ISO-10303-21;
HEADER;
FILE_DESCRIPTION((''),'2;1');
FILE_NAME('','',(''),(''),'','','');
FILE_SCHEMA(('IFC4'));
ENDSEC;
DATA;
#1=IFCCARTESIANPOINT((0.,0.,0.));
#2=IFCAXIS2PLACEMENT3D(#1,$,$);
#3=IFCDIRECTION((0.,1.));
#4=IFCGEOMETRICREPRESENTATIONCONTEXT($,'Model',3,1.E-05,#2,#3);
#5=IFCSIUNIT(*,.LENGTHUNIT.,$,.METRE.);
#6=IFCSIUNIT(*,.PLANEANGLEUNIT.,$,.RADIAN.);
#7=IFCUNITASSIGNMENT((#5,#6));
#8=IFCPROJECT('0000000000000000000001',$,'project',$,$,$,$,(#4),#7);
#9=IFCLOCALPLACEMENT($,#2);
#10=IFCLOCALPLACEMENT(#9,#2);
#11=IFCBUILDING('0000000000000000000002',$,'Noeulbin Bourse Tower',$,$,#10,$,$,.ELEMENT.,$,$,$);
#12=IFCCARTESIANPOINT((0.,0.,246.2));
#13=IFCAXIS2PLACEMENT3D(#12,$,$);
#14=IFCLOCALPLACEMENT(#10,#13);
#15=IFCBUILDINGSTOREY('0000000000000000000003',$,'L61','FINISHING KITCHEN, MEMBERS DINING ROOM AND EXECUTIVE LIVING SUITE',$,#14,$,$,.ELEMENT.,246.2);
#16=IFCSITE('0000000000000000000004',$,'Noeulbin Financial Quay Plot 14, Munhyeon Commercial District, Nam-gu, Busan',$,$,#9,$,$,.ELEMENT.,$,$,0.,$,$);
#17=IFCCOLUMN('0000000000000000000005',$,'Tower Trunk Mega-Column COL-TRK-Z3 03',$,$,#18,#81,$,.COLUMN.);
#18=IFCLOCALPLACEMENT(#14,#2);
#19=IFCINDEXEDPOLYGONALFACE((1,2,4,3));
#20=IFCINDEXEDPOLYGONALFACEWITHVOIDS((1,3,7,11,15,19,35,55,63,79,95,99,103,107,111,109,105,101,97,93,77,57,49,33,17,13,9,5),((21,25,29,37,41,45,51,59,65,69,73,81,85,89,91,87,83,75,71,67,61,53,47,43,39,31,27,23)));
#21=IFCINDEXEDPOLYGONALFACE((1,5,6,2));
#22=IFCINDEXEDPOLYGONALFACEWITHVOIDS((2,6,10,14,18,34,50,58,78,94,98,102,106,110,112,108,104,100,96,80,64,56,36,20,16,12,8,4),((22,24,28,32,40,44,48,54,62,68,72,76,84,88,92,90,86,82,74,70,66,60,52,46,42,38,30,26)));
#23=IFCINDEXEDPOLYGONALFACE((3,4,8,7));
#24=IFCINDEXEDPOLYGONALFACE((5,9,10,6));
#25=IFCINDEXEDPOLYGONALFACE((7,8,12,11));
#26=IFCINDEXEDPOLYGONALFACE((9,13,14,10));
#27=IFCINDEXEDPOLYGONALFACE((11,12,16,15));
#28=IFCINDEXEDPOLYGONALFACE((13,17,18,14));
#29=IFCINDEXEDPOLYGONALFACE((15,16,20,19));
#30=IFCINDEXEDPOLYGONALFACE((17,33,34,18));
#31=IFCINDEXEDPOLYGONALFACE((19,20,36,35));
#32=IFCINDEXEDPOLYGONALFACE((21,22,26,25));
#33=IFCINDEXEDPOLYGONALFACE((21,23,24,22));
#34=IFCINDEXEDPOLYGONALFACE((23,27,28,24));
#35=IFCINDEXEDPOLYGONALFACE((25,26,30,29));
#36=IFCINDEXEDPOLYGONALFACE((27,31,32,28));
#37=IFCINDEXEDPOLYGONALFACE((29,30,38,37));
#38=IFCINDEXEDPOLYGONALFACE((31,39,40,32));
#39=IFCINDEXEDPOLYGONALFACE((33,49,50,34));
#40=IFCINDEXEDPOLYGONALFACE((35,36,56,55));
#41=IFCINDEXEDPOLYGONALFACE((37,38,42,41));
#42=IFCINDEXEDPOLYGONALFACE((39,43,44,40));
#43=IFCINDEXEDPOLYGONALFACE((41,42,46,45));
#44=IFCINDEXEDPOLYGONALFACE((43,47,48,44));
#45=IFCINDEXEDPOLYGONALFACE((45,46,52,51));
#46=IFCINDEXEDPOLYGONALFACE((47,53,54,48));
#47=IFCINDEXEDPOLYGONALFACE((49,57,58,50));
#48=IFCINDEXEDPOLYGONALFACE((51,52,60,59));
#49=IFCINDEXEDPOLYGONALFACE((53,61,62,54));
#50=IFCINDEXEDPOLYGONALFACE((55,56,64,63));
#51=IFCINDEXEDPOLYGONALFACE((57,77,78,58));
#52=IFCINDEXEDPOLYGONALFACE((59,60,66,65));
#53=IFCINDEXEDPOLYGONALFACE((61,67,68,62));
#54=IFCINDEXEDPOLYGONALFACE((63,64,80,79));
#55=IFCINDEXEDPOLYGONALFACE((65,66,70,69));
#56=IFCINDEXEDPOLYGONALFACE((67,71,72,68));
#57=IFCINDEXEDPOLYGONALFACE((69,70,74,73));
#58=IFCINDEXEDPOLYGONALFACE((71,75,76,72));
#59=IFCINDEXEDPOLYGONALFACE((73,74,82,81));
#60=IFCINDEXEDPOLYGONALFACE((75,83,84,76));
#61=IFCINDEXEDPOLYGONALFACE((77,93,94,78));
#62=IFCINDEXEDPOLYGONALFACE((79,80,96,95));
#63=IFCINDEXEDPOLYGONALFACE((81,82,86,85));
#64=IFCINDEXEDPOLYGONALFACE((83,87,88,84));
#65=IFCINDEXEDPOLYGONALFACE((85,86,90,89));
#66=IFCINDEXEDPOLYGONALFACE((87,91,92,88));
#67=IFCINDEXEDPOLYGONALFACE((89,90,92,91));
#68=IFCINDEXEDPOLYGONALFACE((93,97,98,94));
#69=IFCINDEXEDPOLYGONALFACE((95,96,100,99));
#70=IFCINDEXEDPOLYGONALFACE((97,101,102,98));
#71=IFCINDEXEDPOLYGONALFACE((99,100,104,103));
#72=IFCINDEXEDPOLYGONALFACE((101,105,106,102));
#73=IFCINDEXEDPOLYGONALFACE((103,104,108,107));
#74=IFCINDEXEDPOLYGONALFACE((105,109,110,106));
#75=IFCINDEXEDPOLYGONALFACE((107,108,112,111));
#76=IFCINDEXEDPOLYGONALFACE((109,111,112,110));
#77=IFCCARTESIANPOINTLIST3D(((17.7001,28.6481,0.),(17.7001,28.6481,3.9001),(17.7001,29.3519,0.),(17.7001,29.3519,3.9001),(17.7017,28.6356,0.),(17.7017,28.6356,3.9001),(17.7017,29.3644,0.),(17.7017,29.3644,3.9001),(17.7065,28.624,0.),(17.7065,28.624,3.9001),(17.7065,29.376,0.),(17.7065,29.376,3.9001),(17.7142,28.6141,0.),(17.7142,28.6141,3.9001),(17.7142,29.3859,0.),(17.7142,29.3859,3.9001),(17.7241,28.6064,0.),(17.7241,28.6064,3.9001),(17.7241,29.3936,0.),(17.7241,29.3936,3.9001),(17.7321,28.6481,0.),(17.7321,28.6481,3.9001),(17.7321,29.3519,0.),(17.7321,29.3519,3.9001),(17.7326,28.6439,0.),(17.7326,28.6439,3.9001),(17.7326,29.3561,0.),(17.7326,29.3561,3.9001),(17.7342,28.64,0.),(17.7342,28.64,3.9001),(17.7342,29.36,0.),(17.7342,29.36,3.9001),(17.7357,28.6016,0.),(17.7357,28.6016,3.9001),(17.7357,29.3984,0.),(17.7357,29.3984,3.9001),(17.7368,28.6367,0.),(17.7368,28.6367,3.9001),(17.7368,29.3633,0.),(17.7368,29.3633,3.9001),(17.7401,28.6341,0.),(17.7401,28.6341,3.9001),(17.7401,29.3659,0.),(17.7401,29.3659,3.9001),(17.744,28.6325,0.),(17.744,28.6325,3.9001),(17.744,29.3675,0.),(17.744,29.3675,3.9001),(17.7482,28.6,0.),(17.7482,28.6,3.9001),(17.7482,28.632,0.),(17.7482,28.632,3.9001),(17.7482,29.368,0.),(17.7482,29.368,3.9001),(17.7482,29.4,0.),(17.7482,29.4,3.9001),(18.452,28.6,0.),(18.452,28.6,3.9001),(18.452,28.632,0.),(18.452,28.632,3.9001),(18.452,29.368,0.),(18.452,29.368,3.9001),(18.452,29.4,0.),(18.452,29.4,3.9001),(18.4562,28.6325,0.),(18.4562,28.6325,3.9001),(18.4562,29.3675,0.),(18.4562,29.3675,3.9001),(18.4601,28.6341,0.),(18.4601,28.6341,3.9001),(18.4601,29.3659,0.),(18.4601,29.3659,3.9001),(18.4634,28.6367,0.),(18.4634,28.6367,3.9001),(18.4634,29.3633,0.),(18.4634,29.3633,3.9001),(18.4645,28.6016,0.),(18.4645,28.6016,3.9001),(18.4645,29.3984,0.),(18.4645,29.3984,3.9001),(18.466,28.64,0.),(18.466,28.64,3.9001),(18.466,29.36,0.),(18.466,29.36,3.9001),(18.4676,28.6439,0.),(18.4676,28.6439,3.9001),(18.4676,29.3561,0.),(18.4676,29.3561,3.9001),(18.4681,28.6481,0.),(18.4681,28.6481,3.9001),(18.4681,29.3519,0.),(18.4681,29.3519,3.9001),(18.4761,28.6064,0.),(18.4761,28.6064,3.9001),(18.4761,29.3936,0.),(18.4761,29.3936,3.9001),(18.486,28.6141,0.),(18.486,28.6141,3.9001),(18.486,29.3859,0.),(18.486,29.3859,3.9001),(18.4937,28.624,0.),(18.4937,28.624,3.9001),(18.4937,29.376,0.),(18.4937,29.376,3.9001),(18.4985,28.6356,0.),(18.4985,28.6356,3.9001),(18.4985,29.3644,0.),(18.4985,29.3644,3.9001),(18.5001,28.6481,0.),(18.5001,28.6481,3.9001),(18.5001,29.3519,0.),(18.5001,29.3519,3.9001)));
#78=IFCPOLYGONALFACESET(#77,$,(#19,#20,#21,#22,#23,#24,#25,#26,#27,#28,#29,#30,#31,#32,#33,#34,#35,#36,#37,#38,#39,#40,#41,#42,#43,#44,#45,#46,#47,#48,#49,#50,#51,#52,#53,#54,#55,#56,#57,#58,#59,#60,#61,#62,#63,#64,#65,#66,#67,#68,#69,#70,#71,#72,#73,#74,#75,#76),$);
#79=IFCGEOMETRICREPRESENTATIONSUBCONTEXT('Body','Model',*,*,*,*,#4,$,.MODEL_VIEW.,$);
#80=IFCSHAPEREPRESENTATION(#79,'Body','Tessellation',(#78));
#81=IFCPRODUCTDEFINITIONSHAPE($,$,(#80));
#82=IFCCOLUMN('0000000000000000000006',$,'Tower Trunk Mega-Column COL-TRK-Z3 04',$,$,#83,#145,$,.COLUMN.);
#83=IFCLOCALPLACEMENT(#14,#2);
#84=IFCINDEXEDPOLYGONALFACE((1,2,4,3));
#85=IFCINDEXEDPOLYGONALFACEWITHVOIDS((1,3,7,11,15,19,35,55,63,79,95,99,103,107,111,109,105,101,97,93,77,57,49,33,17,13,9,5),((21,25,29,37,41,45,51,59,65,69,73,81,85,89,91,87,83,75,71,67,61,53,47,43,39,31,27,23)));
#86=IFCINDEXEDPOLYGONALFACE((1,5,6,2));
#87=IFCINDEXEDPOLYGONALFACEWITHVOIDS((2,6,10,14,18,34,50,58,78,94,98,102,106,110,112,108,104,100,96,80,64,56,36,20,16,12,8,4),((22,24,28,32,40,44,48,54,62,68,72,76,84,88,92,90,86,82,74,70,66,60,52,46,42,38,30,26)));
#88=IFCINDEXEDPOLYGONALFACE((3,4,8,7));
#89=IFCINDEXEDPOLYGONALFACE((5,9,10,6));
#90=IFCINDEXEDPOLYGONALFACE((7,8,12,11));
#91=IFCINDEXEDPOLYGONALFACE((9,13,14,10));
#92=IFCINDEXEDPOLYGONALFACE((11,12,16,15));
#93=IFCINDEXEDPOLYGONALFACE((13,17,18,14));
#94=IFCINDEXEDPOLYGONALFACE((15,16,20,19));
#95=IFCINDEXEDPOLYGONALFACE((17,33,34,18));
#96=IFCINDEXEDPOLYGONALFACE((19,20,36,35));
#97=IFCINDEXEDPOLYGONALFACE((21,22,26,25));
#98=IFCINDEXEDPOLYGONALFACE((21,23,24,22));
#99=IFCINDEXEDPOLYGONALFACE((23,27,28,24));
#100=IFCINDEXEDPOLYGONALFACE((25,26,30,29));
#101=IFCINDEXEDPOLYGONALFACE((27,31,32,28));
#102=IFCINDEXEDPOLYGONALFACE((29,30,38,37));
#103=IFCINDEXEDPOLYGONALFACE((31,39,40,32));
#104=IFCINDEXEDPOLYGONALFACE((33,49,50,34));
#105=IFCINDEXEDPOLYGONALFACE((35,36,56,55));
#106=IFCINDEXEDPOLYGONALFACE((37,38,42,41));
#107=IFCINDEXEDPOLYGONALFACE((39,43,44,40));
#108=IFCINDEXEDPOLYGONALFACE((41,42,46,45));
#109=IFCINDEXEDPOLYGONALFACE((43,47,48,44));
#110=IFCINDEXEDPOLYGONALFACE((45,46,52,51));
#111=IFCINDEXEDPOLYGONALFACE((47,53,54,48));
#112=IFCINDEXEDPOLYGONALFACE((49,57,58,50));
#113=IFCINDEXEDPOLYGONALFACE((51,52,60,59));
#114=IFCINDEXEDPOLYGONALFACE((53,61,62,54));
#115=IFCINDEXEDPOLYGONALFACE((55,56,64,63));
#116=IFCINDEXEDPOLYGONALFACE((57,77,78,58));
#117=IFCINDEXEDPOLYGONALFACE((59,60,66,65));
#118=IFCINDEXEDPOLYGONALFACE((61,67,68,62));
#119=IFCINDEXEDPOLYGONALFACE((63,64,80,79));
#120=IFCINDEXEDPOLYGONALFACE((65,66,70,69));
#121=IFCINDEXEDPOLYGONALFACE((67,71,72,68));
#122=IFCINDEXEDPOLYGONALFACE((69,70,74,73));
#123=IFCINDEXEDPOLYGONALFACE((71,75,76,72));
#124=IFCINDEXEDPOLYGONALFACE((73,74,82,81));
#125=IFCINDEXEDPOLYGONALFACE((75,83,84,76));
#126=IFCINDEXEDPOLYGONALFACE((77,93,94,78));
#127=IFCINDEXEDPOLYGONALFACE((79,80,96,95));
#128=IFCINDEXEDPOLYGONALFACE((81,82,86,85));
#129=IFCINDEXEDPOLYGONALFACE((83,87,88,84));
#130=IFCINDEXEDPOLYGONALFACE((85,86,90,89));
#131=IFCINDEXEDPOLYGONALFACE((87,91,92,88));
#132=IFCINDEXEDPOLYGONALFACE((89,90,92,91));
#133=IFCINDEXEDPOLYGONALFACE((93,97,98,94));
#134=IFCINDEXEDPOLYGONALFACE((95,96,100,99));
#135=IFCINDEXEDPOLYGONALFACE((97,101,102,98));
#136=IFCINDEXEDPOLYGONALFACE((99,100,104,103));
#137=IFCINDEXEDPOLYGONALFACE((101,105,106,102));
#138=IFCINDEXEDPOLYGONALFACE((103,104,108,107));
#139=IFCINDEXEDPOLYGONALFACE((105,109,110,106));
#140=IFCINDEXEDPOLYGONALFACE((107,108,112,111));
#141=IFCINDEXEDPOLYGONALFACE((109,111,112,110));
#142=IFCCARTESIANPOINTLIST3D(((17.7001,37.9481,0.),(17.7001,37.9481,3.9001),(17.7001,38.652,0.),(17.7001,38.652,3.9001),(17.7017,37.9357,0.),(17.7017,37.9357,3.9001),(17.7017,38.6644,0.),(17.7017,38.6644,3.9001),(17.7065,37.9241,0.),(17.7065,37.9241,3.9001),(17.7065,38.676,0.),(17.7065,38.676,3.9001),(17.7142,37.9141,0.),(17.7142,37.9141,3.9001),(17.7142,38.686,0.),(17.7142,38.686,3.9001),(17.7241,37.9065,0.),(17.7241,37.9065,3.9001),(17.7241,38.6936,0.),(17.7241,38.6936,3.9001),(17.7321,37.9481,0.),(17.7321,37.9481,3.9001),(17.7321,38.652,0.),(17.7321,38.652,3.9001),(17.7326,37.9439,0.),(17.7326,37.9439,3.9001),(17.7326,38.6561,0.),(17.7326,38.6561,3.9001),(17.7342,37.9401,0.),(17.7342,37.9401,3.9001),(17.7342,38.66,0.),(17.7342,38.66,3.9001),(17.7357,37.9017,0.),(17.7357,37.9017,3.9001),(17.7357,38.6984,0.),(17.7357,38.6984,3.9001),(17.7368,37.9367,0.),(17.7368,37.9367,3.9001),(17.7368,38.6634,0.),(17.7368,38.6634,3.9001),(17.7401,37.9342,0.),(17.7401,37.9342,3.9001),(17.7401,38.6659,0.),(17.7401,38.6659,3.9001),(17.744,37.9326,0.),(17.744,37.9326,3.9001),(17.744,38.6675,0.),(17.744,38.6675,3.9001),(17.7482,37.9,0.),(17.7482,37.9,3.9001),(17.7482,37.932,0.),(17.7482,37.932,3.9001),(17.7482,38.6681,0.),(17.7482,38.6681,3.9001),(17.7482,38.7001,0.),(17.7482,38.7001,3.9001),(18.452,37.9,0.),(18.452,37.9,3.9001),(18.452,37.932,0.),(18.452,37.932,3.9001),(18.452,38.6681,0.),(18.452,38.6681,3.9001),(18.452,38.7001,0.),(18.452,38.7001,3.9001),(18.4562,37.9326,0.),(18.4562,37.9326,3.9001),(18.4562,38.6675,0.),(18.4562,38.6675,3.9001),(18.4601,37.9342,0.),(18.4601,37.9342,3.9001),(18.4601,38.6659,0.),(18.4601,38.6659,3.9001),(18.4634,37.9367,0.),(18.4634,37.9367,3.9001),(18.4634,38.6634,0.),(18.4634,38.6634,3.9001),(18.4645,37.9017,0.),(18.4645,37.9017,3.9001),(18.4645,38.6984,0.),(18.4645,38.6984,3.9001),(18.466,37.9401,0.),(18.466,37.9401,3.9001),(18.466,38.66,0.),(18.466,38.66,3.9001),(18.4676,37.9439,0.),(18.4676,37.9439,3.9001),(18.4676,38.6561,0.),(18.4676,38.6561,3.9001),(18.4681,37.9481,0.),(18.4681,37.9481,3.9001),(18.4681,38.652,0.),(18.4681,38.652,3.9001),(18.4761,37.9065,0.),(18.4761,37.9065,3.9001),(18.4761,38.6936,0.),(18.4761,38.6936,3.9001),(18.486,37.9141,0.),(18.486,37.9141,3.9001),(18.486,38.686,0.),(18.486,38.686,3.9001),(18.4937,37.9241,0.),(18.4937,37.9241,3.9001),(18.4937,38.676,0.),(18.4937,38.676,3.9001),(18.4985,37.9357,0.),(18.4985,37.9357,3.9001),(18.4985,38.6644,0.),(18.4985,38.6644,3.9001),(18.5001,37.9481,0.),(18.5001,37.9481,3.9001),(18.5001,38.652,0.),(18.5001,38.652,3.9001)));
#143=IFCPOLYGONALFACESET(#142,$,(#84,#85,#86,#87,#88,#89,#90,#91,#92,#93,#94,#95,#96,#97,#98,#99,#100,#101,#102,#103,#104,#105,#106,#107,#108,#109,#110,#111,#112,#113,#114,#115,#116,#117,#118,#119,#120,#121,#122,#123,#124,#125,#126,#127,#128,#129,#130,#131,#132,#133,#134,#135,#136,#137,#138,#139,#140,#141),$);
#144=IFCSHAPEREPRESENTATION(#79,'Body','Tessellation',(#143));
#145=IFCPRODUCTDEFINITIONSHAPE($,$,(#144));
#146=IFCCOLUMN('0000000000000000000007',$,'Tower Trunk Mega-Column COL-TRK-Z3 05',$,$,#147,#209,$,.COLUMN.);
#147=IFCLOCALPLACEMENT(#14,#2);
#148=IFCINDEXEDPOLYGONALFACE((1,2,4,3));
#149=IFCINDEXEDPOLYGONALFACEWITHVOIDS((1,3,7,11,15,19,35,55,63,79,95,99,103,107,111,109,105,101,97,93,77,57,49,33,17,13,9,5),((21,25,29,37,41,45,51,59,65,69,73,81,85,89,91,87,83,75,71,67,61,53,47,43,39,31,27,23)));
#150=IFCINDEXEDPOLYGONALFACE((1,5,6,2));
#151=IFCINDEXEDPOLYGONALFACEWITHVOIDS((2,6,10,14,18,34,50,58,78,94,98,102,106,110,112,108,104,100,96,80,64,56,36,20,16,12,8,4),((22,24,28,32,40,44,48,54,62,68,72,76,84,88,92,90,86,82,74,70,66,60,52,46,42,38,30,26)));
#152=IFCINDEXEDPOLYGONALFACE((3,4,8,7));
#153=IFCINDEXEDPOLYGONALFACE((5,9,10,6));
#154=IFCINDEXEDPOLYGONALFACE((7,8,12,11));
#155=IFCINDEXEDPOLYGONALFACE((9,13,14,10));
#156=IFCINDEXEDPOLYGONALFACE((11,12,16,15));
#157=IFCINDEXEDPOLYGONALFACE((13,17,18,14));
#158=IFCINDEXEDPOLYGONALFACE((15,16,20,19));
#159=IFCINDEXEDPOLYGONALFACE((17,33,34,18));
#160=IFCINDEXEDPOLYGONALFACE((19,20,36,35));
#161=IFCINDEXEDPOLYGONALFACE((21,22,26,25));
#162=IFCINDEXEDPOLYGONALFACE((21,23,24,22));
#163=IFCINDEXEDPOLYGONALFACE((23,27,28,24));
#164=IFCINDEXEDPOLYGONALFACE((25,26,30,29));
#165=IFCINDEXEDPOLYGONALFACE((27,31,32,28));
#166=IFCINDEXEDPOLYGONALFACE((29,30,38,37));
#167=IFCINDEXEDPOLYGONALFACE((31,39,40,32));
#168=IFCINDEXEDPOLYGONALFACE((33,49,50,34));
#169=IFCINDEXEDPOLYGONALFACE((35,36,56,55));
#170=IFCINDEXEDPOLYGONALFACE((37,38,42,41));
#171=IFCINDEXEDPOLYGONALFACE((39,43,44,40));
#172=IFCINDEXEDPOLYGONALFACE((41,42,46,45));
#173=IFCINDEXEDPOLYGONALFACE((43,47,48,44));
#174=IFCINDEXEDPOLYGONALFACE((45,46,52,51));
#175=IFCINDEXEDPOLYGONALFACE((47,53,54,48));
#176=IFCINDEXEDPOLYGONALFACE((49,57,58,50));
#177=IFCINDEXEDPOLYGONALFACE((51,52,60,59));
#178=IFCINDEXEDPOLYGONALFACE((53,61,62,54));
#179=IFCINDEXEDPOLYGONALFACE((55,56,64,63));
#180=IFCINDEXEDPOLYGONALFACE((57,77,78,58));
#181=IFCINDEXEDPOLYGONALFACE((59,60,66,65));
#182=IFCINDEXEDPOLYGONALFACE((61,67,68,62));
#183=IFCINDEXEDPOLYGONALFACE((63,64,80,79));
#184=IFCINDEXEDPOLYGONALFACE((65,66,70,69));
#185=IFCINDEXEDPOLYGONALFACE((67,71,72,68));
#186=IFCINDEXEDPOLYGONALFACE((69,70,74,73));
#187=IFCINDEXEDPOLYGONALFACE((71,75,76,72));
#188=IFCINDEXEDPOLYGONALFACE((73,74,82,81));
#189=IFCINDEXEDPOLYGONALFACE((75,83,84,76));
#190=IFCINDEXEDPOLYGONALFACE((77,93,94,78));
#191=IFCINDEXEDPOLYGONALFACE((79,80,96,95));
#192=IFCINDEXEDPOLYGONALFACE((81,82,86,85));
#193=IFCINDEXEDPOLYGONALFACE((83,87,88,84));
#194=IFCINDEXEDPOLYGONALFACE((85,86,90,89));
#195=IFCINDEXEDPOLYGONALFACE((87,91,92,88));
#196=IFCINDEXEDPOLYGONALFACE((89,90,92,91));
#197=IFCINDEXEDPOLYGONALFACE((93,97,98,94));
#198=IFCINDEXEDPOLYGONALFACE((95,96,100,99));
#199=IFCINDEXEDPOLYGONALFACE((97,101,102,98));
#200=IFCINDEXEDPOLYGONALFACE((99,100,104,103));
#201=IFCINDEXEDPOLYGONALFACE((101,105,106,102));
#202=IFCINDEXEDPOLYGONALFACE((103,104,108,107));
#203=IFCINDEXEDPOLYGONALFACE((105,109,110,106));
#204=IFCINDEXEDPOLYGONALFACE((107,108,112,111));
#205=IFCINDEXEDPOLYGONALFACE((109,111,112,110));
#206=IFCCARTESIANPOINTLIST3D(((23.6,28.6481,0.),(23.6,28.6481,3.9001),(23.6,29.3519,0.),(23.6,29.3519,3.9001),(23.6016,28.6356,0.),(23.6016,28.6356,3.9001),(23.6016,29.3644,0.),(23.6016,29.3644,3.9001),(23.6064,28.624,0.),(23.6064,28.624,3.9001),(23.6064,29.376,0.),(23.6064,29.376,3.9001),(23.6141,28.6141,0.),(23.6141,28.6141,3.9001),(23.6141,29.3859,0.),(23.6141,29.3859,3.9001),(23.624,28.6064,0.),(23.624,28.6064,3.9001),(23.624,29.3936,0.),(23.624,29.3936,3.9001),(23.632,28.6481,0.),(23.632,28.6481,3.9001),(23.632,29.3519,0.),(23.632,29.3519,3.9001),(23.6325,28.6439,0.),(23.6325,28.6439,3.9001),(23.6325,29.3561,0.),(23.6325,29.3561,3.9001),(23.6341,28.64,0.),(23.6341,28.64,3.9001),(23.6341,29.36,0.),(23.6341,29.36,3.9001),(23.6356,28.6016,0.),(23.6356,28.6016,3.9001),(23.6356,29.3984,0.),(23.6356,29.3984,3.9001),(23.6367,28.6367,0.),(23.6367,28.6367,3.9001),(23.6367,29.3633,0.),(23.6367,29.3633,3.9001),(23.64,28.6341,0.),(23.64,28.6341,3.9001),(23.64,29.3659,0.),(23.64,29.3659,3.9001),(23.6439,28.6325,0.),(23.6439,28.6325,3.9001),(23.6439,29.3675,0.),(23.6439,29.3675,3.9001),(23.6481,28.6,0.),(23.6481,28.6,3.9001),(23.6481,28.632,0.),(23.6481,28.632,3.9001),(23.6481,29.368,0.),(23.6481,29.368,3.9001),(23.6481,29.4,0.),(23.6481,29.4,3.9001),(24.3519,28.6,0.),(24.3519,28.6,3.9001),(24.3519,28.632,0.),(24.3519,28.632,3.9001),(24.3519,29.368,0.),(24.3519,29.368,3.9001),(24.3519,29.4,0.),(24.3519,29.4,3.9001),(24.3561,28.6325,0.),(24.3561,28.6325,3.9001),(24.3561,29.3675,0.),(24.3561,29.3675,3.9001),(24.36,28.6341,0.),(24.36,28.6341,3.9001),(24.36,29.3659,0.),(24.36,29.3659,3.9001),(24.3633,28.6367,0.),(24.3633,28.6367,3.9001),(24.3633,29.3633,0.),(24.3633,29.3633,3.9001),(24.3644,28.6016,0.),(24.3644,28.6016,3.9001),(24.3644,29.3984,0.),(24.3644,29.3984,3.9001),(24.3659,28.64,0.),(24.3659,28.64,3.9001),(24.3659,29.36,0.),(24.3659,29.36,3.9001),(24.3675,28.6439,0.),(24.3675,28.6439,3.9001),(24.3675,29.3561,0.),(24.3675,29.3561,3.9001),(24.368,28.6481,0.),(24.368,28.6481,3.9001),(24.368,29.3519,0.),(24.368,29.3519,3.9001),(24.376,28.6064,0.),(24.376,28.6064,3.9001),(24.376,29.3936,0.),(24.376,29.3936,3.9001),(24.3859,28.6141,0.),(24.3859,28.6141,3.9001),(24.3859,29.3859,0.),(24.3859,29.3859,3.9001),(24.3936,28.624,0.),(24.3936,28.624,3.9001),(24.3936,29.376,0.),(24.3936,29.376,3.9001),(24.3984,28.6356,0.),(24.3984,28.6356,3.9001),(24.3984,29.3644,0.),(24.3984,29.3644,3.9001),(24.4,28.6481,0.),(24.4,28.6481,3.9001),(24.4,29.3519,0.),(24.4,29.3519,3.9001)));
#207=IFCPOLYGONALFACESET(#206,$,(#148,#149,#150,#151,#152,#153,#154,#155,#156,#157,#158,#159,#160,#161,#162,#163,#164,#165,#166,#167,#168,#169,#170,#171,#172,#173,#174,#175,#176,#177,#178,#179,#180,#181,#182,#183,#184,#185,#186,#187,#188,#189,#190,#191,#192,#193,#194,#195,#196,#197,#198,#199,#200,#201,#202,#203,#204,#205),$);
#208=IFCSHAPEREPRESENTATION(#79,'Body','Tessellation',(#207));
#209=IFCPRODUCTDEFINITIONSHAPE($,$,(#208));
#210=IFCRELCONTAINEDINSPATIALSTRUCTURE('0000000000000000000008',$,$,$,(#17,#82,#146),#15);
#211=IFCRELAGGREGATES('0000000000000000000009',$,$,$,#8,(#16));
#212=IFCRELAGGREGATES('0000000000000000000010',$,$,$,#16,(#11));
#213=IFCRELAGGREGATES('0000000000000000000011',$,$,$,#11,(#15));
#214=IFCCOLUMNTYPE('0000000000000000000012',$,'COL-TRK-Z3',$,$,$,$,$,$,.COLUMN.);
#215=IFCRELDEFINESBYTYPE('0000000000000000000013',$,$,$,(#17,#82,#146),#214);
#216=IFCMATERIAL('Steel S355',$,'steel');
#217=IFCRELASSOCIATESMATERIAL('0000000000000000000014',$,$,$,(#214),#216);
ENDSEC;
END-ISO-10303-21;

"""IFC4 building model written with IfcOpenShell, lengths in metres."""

from ifc_helpers import new_model, si_unit, direction, frame, origin, origin_2d, place, context, subcontext, project, spatial, hollow_rectangle, extrude, material, material_profile, profile_set, type_object, element, save


model = new_model("IFC4")

# Units and contexts
model_context = context("Model", 3, precision=1e-05, world=origin(), true_north=direction((0.0, 1.0)))
body_context = subcontext(model_context, "Body", "Model", "MODEL_VIEW")
ifc_project = project(units=[si_unit("LENGTHUNIT", "METRE"), si_unit("PLANEANGLEUNIT", "RADIAN")], contexts=[model_context])

# Site, building, storey
site_placement = place(None, origin())
site = spatial("IfcSite", under=ifc_project, at=site_placement, Name="Noeulbin Financial Quay Plot 14, Munhyeon Commercial District, Nam-gu, Busan", CompositionType="ELEMENT", RefElevation=0.0)
building_placement = place(site_placement, origin())
building = spatial("IfcBuilding", under=site, at=building_placement, Name="Noeulbin Bourse Tower", CompositionType="ELEMENT")
storey_placement = place(building_placement, frame((0.0, 0.0, 246.2)))
storey = spatial("IfcBuildingStorey", under=building, at=storey_placement, Name="L61", Description="FINISHING KITCHEN, MEMBERS DINING ROOM AND EXECUTIVE LIVING SUITE", CompositionType="ELEMENT", Elevation=246.2)

# Columns
ifc_material_1 = material(Name="Steel S355", Category="steel")
ifc_material_profile_1 = material_profile(ifc_material_1, hollow_rectangle(XDim=0.8, YDim=0.8, WallThickness=0.032, InnerFilletRadius=0.0161, OuterFilletRadius=0.0481, at=origin_2d()), Name="BOX-800x800x32", Category="LoadBearing")
ifc_profile_set_1 = profile_set([ifc_material_profile_1], Name="Steel S355")
column_type = type_object("IfcColumnType", Name="COL-TRK-Z3", PredefinedType="COLUMN", material=ifc_profile_set_1)
for number, where, z_axis, x_axis, name in (
    (1, (18.1001, 29.0, 0.0), (0.0, 0.0, 1.0), (1.0, 0.0, 0.0), "Tower Trunk Mega-Column COL-TRK-Z3 03"),
    (2, (18.1001, 38.3, 0.0), (0.0, 0.0, 1.0), (1.0, 0.0, 0.0), "Tower Trunk Mega-Column COL-TRK-Z3 04"),
    (3, (24.0, 29.0, 0.0), (0.0, 0.0, 1.0), (1.0, 0.0, 0.0), "Tower Trunk Mega-Column COL-TRK-Z3 05"),
):
    element("IfcColumn", number, at=place(storey_placement, frame(where, z_axis=z_axis, x_axis=x_axis)), inside=storey, type_object=column_type, Name=name, PredefinedType="COLUMN", context=body_context, shape_type="SweptSolid", body=[
        extrude(hollow_rectangle(XDim=0.8, YDim=0.8, WallThickness=0.032, InnerFilletRadius=0.0161, OuterFilletRadius=0.0481, at=origin_2d()), origin(), (0.0, 0.0, 1.0), 3.9001),
    ])

save(model, "model.ifc")
